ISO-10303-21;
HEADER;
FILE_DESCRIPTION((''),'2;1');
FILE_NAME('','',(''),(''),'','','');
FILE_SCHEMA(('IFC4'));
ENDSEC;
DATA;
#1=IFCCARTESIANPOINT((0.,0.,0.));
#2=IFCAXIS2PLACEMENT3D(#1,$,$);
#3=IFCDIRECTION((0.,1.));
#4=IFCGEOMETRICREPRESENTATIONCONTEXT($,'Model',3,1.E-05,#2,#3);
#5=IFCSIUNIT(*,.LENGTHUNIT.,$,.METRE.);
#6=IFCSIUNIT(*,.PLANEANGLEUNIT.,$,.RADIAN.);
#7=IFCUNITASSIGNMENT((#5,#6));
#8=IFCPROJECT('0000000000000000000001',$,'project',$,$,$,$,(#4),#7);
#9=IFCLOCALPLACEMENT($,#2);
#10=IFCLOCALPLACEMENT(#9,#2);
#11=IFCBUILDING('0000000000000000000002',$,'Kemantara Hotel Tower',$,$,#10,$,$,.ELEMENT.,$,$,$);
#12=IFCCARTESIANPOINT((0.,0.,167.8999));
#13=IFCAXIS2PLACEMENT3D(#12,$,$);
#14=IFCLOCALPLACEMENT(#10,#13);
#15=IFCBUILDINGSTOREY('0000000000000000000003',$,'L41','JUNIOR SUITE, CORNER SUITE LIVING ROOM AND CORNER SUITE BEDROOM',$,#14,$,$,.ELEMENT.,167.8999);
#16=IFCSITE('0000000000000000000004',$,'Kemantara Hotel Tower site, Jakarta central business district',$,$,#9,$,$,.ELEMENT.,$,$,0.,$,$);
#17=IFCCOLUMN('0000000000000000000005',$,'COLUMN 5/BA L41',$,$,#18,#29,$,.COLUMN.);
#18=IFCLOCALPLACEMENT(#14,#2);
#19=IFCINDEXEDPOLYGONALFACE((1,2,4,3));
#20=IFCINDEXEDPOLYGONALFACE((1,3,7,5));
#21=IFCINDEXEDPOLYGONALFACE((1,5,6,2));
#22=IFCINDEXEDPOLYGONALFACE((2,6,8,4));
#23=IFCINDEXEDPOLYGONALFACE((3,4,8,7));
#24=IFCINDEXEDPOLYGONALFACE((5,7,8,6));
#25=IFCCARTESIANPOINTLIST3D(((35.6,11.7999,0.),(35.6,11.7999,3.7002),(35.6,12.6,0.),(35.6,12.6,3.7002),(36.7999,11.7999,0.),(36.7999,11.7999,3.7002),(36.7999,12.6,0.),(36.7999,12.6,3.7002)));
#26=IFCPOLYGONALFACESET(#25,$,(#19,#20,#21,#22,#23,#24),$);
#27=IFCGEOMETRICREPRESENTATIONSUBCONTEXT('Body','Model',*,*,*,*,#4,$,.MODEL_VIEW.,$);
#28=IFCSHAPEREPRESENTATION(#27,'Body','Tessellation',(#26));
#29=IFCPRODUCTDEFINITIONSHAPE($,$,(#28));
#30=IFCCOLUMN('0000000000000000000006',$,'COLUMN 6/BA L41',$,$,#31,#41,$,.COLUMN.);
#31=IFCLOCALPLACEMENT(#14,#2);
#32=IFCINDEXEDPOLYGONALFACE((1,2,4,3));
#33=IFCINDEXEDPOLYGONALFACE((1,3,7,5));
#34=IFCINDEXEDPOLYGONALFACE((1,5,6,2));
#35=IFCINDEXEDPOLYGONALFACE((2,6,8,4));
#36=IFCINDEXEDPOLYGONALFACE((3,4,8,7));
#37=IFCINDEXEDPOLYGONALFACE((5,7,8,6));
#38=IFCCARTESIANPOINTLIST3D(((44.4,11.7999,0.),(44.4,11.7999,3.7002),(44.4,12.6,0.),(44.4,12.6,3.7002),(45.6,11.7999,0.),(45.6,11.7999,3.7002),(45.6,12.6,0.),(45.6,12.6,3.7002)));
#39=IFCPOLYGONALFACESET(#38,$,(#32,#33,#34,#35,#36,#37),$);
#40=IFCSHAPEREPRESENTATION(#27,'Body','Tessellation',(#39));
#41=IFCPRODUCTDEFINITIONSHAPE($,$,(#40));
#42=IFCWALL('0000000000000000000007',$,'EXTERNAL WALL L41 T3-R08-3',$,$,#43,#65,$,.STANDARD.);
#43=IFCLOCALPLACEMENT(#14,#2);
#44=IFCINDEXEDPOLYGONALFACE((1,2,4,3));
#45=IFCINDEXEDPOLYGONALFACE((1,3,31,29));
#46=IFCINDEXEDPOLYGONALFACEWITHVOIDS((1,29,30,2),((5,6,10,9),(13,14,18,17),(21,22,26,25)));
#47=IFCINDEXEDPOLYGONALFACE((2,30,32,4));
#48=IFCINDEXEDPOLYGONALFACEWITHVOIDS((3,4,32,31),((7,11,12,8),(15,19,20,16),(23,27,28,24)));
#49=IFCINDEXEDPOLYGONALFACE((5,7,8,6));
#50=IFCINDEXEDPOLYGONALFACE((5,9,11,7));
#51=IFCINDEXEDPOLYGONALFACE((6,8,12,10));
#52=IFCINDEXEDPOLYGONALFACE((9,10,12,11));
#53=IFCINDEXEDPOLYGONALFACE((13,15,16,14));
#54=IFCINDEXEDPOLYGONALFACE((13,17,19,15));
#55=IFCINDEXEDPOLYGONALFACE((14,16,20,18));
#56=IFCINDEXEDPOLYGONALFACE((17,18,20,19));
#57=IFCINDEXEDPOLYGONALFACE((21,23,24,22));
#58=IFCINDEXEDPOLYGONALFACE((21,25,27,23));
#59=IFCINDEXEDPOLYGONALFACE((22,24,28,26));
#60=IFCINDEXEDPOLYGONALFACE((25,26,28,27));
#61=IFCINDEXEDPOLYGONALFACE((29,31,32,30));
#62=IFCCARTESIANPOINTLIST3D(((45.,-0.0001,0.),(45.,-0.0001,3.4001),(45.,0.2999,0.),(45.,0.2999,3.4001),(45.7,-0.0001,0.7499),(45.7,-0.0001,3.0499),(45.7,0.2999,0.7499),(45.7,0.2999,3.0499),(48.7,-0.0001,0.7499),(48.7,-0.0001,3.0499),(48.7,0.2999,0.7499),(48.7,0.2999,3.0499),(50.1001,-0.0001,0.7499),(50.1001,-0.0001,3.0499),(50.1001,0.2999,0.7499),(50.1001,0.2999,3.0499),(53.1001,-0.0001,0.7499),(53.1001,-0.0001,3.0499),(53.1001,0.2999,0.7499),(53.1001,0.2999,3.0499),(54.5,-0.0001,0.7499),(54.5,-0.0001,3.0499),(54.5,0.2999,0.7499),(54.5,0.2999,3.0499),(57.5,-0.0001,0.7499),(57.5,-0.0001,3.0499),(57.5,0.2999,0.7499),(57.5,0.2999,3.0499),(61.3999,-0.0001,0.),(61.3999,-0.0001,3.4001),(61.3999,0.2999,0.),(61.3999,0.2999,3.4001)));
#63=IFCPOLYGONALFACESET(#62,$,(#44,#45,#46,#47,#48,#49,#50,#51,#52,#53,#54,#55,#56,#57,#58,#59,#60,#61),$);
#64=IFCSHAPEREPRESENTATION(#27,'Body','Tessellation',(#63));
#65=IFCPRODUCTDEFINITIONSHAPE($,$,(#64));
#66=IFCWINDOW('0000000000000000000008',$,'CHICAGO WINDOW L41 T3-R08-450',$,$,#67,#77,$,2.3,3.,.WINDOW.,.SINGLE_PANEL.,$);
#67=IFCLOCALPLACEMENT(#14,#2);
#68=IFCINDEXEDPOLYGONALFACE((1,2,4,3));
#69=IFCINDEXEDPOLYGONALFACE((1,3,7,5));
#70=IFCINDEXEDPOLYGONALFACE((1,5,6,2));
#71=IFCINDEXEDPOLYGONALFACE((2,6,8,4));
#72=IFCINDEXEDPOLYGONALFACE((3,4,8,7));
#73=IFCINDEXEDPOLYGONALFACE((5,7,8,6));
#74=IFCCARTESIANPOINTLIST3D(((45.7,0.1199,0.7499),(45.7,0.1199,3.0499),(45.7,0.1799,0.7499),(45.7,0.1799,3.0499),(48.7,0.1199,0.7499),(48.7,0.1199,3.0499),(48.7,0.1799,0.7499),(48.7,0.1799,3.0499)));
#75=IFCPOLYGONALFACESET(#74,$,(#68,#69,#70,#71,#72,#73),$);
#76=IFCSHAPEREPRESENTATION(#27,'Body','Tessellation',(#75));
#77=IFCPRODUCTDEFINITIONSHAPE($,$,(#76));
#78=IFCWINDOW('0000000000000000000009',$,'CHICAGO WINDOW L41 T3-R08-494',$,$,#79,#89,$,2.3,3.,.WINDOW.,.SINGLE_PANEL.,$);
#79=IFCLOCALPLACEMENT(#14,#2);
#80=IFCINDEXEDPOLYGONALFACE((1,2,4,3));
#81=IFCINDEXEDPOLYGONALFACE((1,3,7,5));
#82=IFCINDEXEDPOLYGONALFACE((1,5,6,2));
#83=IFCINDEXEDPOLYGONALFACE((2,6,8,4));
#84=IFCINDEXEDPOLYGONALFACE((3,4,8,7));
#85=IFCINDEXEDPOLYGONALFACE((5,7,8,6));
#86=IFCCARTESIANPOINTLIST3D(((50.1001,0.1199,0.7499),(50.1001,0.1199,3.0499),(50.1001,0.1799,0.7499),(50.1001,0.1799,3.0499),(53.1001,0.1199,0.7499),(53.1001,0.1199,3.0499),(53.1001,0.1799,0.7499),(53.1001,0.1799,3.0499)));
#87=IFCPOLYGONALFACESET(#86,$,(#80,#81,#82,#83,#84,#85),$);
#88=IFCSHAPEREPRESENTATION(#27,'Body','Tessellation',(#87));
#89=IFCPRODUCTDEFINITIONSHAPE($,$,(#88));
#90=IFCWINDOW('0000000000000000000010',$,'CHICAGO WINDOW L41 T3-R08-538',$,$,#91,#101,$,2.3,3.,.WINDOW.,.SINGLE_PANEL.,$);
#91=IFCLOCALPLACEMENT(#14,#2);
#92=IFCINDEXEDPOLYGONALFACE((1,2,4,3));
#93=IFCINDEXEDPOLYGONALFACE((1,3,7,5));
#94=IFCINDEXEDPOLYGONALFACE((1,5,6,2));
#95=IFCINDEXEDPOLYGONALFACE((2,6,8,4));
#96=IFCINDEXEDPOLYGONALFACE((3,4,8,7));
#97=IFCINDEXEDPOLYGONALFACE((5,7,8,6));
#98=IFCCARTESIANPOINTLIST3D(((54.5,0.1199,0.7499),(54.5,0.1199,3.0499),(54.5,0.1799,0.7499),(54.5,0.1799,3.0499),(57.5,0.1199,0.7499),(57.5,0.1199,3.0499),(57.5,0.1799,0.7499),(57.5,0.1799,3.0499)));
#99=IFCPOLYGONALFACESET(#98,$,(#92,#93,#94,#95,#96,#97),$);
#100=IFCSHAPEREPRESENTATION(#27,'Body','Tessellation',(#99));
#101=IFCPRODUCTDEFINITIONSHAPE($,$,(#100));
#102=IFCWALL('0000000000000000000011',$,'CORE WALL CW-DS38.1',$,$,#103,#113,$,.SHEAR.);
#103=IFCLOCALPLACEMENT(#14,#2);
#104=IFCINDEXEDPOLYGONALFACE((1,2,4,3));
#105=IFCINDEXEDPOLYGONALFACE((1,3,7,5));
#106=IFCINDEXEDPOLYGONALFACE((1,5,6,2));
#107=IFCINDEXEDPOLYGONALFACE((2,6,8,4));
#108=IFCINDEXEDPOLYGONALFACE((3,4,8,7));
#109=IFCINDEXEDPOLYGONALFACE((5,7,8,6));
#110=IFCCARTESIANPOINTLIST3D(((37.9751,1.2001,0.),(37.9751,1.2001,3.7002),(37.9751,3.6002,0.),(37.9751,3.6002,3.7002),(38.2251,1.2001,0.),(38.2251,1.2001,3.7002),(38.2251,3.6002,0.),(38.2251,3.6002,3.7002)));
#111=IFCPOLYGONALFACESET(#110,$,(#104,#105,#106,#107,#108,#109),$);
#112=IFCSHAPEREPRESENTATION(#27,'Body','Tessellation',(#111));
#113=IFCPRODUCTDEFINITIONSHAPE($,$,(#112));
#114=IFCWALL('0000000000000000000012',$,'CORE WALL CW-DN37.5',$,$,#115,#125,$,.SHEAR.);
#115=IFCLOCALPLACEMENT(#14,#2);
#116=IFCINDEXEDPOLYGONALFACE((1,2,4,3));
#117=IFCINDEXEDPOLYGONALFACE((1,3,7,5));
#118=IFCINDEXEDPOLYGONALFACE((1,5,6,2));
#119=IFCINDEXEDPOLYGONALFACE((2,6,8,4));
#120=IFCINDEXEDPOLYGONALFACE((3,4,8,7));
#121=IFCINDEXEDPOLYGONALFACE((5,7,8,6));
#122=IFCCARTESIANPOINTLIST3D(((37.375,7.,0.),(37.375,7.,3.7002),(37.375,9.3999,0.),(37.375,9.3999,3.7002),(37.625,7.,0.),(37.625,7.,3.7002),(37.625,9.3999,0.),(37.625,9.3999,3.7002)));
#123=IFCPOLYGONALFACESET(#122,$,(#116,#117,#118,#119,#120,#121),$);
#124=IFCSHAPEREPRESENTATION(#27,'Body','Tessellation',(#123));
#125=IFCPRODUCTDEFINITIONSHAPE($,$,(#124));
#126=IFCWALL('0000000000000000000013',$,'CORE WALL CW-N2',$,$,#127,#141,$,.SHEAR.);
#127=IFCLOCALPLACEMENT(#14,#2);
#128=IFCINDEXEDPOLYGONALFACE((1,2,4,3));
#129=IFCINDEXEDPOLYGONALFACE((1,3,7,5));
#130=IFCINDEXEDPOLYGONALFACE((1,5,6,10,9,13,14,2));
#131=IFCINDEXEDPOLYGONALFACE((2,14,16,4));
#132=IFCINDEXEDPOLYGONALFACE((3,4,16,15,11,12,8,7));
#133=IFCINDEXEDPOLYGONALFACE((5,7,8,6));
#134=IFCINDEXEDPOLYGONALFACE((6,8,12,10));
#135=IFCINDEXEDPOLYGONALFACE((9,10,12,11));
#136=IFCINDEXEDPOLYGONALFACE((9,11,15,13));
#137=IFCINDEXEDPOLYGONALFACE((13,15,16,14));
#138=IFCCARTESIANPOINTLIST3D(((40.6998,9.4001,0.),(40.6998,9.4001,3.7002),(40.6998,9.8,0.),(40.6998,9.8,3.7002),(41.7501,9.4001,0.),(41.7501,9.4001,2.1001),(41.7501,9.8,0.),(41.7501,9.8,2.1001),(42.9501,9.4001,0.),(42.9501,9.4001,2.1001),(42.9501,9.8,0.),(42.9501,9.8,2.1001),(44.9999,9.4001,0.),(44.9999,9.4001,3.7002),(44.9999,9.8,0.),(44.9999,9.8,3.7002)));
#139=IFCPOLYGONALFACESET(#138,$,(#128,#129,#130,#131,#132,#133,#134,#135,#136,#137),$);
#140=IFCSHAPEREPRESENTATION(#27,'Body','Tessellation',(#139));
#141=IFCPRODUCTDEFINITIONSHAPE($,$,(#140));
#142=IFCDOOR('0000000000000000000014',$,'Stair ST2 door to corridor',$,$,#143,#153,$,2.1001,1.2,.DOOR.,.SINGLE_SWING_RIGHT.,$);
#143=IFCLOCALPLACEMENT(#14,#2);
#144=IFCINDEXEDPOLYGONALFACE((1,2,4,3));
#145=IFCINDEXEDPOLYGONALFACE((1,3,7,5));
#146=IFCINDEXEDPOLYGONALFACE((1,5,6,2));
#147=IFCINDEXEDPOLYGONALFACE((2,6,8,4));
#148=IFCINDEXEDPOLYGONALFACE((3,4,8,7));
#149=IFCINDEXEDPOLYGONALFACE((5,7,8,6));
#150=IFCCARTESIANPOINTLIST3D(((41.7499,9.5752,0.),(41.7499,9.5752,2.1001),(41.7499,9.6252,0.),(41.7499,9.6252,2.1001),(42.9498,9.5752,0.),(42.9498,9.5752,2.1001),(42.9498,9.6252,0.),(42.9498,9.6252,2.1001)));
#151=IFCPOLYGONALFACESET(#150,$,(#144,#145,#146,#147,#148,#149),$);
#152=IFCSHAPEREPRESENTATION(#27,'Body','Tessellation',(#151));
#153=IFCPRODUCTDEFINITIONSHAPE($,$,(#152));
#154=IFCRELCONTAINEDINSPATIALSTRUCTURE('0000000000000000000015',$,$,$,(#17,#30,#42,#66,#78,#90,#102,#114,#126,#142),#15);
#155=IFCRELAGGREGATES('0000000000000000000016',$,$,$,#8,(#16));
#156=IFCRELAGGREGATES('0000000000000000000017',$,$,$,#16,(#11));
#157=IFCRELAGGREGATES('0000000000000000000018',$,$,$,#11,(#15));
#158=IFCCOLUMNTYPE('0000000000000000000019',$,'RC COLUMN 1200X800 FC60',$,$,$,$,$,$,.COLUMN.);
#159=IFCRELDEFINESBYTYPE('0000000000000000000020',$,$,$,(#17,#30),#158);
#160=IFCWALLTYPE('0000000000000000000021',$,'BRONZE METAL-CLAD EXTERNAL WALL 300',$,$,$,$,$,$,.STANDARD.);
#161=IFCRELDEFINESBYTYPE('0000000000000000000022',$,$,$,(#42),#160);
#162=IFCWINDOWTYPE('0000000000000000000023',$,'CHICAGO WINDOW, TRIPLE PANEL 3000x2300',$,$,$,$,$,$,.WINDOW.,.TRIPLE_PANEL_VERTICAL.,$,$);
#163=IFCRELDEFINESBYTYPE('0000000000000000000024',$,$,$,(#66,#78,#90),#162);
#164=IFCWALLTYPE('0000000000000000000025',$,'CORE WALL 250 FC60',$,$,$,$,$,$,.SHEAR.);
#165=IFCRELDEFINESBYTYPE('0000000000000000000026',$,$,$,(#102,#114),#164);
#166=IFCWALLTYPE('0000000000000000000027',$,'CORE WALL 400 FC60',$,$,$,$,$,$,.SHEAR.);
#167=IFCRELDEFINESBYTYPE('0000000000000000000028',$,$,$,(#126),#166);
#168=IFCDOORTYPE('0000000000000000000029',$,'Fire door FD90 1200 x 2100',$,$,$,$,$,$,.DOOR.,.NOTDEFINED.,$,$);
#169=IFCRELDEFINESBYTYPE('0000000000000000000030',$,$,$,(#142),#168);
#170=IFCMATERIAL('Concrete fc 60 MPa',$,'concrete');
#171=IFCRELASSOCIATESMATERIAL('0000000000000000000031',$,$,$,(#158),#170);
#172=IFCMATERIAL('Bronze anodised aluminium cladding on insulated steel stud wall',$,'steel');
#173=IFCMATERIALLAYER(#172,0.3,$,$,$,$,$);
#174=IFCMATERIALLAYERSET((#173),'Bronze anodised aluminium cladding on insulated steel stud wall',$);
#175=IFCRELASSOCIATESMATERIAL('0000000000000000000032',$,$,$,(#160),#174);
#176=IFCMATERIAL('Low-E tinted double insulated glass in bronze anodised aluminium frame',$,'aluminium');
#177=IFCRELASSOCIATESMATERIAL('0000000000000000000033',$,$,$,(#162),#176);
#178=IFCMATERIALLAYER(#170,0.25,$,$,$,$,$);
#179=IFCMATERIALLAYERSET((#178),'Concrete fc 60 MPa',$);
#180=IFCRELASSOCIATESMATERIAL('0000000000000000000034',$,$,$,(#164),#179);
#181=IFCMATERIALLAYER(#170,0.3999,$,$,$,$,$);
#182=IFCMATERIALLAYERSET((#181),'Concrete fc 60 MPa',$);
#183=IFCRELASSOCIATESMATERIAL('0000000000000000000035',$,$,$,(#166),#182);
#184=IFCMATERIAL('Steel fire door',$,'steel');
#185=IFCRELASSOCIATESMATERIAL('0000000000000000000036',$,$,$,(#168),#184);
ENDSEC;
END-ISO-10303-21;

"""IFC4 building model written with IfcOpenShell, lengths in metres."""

from ifc_helpers import new_model, si_unit, direction, frame, frame_2d, origin, origin_2d, place, context, subcontext, project, spatial, rectangle, extrude, material, layer, layer_set, material_profile, profile_set, type_object, element, fill, save


model = new_model("IFC4")

# Units and contexts
model_context = context("Model", 3, precision=1e-05, world=origin(), true_north=direction((0.0, 1.0)))
body_context = subcontext(model_context, "Body", "Model", "MODEL_VIEW")
ifc_project = project(units=[si_unit("LENGTHUNIT", "METRE"), si_unit("PLANEANGLEUNIT", "RADIAN")], contexts=[model_context])

# Site, building, storey
site_placement = place(None, origin())
site = spatial("IfcSite", under=ifc_project, at=site_placement, Name="Kemantara Hotel Tower site, Jakarta central business district", CompositionType="ELEMENT", RefElevation=0.0)
building_placement = place(site_placement, origin())
building = spatial("IfcBuilding", under=site, at=building_placement, Name="Kemantara Hotel Tower", CompositionType="ELEMENT")
storey_placement = place(building_placement, frame((0.0, 0.0, 167.8999)))
storey = spatial("IfcBuildingStorey", under=building, at=storey_placement, Name="L41", Description="JUNIOR SUITE, CORNER SUITE LIVING ROOM AND CORNER SUITE BEDROOM", CompositionType="ELEMENT", Elevation=167.8999)

# Columns
ifc_material_1 = material(Name="Concrete fc 60 MPa", Category="concrete")
ifc_material_profile = material_profile(ifc_material_1, rectangle(XDim=1.2, YDim=0.8, at=origin_2d()), Name="RC 1200X800")
ifc_profile_set = profile_set([ifc_material_profile], Name="Concrete fc 60 MPa")
column_type = type_object("IfcColumnType", Name="RC COLUMN 1200X800 FC60", PredefinedType="COLUMN", material=ifc_profile_set)
for number, where, z_axis, x_axis, name in (
    (1, (36.2, 12.2, 0.0), (0.0, 0.0, 1.0), (1.0, 0.0, 0.0), "COLUMN 5/BA L41"),
    (2, (45.0, 12.2, 0.0), (0.0, 0.0, 1.0), (1.0, 0.0, 0.0), "COLUMN 6/BA L41"),
):
    element("IfcColumn", number, at=place(storey_placement, frame(where, z_axis=z_axis, x_axis=x_axis)), inside=storey, type_object=column_type, Name=name, PredefinedType="COLUMN", context=body_context, shape_type="SweptSolid", body=[
        extrude(rectangle(XDim=1.2, YDim=0.8, at=origin_2d()), origin(), (0.0, 0.0, 1.0), 3.7002),
    ])

# Wall, openings, windows
ifc_material_2 = material(Name="Bronze anodised aluminium cladding on insulated steel stud wall", Category="steel")
ifc_layer_1 = layer(ifc_material_2, 0.3)
ifc_layer_set_1 = layer_set([ifc_layer_1], Name="Bronze anodised aluminium cladding on insulated steel stud wall")
wall_type_1 = type_object("IfcWallType", Name="BRONZE METAL-CLAD EXTERNAL WALL 300", PredefinedType="STANDARD", material=ifc_layer_set_1)
wall_1_placement = place(storey_placement, frame((45.0, 0.1499, 0.0), z_axis=(0.0, 0.0, 1.0), x_axis=(1.0, 0.0, 0.0)))
wall_1 = element("IfcWall", 3, at=wall_1_placement, inside=storey, type_object=wall_type_1, Name="EXTERNAL WALL L41 T3-R08-3", PredefinedType="STANDARD", context=body_context, shape_type="SweptSolid", body=[
    extrude(rectangle(XDim=16.3999, YDim=0.3, at=frame_2d((8.2, 0.0))), origin(), (0.0, 0.0, 1.0), 3.4001),
])
opening_1_placement = place(wall_1_placement, frame((0.7, 0.0, 0.75)))
opening_1 = element("IfcOpeningElement", 4, at=opening_1_placement, cuts=wall_1, PredefinedType="OPENING", context=body_context, shape_type="SweptSolid", body=[
    extrude(rectangle(XDim=3.0, YDim=2.3, at=frame_2d((1.5, 1.1499))), frame((0.0, 0.1599, 0.0), z_axis=(0.0, -1.0, 0.0), x_axis=(1.0, 0.0, 0.0)), (0.0, 0.0, 1.0), 0.3201),
])
opening_2_placement = place(wall_1_placement, frame((5.1001, 0.0, 0.75)))
opening_2 = element("IfcOpeningElement", 5, at=opening_2_placement, cuts=wall_1, PredefinedType="OPENING", context=body_context, shape_type="SweptSolid", body=[
    extrude(rectangle(XDim=3.0, YDim=2.3, at=frame_2d((1.5, 1.1499))), frame((0.0, 0.1599, 0.0), z_axis=(0.0, -1.0, 0.0), x_axis=(1.0, 0.0, 0.0)), (0.0, 0.0, 1.0), 0.3201),
])
opening_3_placement = place(wall_1_placement, frame((9.5, 0.0, 0.75)))
opening_3 = element("IfcOpeningElement", 6, at=opening_3_placement, cuts=wall_1, PredefinedType="OPENING", context=body_context, shape_type="SweptSolid", body=[
    extrude(rectangle(XDim=3.0, YDim=2.3, at=frame_2d((1.5, 1.1499))), frame((0.0, 0.1599, 0.0), z_axis=(0.0, -1.0, 0.0), x_axis=(1.0, 0.0, 0.0)), (0.0, 0.0, 1.0), 0.3201),
])
ifc_material_3 = material(Name="Low-E tinted double insulated glass in bronze anodised aluminium frame", Category="aluminium")
window_type = type_object("IfcWindowType", Name="CHICAGO WINDOW, TRIPLE PANEL 3000x2300", PartitioningType="TRIPLE_PANEL_VERTICAL", PredefinedType="WINDOW", material=ifc_material_3)
window_1_placement = place(opening_1_placement, origin())
window_1 = element("IfcWindow", 7, at=window_1_placement, inside=storey, type_object=window_type, Name="CHICAGO WINDOW L41 T3-R08-450", OverallHeight=2.3, OverallWidth=3.0, PartitioningType="SINGLE_PANEL", PredefinedType="WINDOW", context=body_context, shape_type="SweptSolid", body=[
    extrude(rectangle(XDim=3.0, YDim=2.3, at=frame_2d((1.5, 1.1499))), frame((0.0, 0.03, 0.0), z_axis=(0.0, -1.0, 0.0), x_axis=(1.0, 0.0, 0.0)), (0.0, 0.0, 1.0), 0.0601),
])
fill(opening_1, window_1)
window_2_placement = place(opening_2_placement, origin())
window_2 = element("IfcWindow", 8, at=window_2_placement, inside=storey, type_object=window_type, Name="CHICAGO WINDOW L41 T3-R08-494", OverallHeight=2.3, OverallWidth=3.0, PartitioningType="SINGLE_PANEL", PredefinedType="WINDOW", context=body_context, shape_type="SweptSolid", body=[
    extrude(rectangle(XDim=3.0, YDim=2.3, at=frame_2d((1.5, 1.1499))), frame((0.0, 0.03, 0.0), z_axis=(0.0, -1.0, 0.0), x_axis=(1.0, 0.0, 0.0)), (0.0, 0.0, 1.0), 0.0601),
])
fill(opening_2, window_2)
window_3_placement = place(opening_3_placement, origin())
window_3 = element("IfcWindow", 9, at=window_3_placement, inside=storey, type_object=window_type, Name="CHICAGO WINDOW L41 T3-R08-538", OverallHeight=2.3, OverallWidth=3.0, PartitioningType="SINGLE_PANEL", PredefinedType="WINDOW", context=body_context, shape_type="SweptSolid", body=[
    extrude(rectangle(XDim=3.0, YDim=2.3, at=frame_2d((1.5, 1.1499))), frame((0.0, 0.03, 0.0), z_axis=(0.0, -1.0, 0.0), x_axis=(1.0, 0.0, 0.0)), (0.0, 0.0, 1.0), 0.0601),
])
fill(opening_3, window_3)

# Walls
ifc_layer_2 = layer(ifc_material_1, 0.25)
ifc_layer_set_2 = layer_set([ifc_layer_2], Name="Concrete fc 60 MPa")
wall_type_2 = type_object("IfcWallType", Name="CORE WALL 250 FC60", PredefinedType="SHEAR", material=ifc_layer_set_2)
wall_2_placement = place(storey_placement, frame((38.1001, 1.2, 0.0), z_axis=(0.0, 0.0, 1.0), x_axis=(0.0, 1.0, 0.0)))
element("IfcWall", 10, at=wall_2_placement, inside=storey, type_object=wall_type_2, Name="CORE WALL CW-DS38.1", PredefinedType="SHEAR", context=body_context, shape_type="SweptSolid", body=[
    extrude(rectangle(XDim=2.4001, YDim=0.25, at=frame_2d((1.2002, 0.0))), origin(), (0.0, 0.0, 1.0), 3.7002),
])
wall_3_placement = place(storey_placement, frame((37.5, 7.0, 0.0), z_axis=(0.0, 0.0, 1.0), x_axis=(0.0, 1.0, 0.0)))
element("IfcWall", 11, at=wall_3_placement, inside=storey, type_object=wall_type_2, Name="CORE WALL CW-DN37.5", PredefinedType="SHEAR", context=body_context, shape_type="SweptSolid", body=[
    extrude(rectangle(XDim=2.3999, YDim=0.25, at=frame_2d((1.2, 0.0))), origin(), (0.0, 0.0, 1.0), 3.7002),
])

# Wall, opening, door
ifc_layer_3 = layer(ifc_material_1, 0.3999)
ifc_layer_set_3 = layer_set([ifc_layer_3], Name="Concrete fc 60 MPa")
wall_type_3 = type_object("IfcWallType", Name="CORE WALL 400 FC60", PredefinedType="SHEAR", material=ifc_layer_set_3)
wall_4_placement = place(storey_placement, frame((40.7, 9.6001, 0.0), z_axis=(0.0, 0.0, 1.0), x_axis=(1.0, 0.0, 0.0)))
wall_4 = element("IfcWall", 12, at=wall_4_placement, inside=storey, type_object=wall_type_3, Name="CORE WALL CW-N2", PredefinedType="SHEAR", context=body_context, shape_type="SweptSolid", body=[
    extrude(rectangle(XDim=4.3, YDim=0.3999, at=frame_2d((2.1499, 0.0))), origin(), (0.0, 0.0, 1.0), 3.7002),
])
opening_4_placement = place(wall_4_placement, frame((1.05, 0.0, 0.0)))
opening_4 = element("IfcOpeningElement", 13, at=opening_4_placement, cuts=wall_4, PredefinedType="OPENING", context=body_context, shape_type="SweptSolid", body=[
    extrude(rectangle(XDim=1.2, YDim=2.1001, at=frame_2d((0.6001, 1.05))), frame((0.0, 0.21, 0.0), z_axis=(0.0, -1.0, 0.0), x_axis=(1.0, 0.0, 0.0)), (0.0, 0.0, 1.0), 0.4199),
])
ifc_material_4 = material(Name="Steel fire door", Category="steel")
door_type_1 = type_object("IfcDoorType", Name="Fire door FD90 1200 x 2100", OperationType="NOTDEFINED", PredefinedType="DOOR", material=ifc_material_4)
door_1_placement = place(opening_4_placement, frame((1.2, 0.0, 0.0), z_axis=(0.0, 0.0, 1.0), x_axis=(-1.0, 0.0, 0.0)))
door_1 = element("IfcDoor", 14, at=door_1_placement, inside=storey, type_object=door_type_1, Name="Stair ST2 door to corridor", OperationType="SINGLE_SWING_RIGHT", OverallHeight=2.1001, OverallWidth=1.2, PredefinedType="DOOR", context=body_context, shape_type="SweptSolid", body=[
    extrude(rectangle(XDim=1.2, YDim=2.1001, at=frame_2d((0.6001, 1.05))), frame((0.0, 0.0249, 0.0), z_axis=(0.0, -1.0, 0.0), x_axis=(1.0, 0.0, 0.0)), (0.0, 0.0, 1.0), 0.05),
])
fill(opening_4, door_1)

save(model, "model.ifc")
